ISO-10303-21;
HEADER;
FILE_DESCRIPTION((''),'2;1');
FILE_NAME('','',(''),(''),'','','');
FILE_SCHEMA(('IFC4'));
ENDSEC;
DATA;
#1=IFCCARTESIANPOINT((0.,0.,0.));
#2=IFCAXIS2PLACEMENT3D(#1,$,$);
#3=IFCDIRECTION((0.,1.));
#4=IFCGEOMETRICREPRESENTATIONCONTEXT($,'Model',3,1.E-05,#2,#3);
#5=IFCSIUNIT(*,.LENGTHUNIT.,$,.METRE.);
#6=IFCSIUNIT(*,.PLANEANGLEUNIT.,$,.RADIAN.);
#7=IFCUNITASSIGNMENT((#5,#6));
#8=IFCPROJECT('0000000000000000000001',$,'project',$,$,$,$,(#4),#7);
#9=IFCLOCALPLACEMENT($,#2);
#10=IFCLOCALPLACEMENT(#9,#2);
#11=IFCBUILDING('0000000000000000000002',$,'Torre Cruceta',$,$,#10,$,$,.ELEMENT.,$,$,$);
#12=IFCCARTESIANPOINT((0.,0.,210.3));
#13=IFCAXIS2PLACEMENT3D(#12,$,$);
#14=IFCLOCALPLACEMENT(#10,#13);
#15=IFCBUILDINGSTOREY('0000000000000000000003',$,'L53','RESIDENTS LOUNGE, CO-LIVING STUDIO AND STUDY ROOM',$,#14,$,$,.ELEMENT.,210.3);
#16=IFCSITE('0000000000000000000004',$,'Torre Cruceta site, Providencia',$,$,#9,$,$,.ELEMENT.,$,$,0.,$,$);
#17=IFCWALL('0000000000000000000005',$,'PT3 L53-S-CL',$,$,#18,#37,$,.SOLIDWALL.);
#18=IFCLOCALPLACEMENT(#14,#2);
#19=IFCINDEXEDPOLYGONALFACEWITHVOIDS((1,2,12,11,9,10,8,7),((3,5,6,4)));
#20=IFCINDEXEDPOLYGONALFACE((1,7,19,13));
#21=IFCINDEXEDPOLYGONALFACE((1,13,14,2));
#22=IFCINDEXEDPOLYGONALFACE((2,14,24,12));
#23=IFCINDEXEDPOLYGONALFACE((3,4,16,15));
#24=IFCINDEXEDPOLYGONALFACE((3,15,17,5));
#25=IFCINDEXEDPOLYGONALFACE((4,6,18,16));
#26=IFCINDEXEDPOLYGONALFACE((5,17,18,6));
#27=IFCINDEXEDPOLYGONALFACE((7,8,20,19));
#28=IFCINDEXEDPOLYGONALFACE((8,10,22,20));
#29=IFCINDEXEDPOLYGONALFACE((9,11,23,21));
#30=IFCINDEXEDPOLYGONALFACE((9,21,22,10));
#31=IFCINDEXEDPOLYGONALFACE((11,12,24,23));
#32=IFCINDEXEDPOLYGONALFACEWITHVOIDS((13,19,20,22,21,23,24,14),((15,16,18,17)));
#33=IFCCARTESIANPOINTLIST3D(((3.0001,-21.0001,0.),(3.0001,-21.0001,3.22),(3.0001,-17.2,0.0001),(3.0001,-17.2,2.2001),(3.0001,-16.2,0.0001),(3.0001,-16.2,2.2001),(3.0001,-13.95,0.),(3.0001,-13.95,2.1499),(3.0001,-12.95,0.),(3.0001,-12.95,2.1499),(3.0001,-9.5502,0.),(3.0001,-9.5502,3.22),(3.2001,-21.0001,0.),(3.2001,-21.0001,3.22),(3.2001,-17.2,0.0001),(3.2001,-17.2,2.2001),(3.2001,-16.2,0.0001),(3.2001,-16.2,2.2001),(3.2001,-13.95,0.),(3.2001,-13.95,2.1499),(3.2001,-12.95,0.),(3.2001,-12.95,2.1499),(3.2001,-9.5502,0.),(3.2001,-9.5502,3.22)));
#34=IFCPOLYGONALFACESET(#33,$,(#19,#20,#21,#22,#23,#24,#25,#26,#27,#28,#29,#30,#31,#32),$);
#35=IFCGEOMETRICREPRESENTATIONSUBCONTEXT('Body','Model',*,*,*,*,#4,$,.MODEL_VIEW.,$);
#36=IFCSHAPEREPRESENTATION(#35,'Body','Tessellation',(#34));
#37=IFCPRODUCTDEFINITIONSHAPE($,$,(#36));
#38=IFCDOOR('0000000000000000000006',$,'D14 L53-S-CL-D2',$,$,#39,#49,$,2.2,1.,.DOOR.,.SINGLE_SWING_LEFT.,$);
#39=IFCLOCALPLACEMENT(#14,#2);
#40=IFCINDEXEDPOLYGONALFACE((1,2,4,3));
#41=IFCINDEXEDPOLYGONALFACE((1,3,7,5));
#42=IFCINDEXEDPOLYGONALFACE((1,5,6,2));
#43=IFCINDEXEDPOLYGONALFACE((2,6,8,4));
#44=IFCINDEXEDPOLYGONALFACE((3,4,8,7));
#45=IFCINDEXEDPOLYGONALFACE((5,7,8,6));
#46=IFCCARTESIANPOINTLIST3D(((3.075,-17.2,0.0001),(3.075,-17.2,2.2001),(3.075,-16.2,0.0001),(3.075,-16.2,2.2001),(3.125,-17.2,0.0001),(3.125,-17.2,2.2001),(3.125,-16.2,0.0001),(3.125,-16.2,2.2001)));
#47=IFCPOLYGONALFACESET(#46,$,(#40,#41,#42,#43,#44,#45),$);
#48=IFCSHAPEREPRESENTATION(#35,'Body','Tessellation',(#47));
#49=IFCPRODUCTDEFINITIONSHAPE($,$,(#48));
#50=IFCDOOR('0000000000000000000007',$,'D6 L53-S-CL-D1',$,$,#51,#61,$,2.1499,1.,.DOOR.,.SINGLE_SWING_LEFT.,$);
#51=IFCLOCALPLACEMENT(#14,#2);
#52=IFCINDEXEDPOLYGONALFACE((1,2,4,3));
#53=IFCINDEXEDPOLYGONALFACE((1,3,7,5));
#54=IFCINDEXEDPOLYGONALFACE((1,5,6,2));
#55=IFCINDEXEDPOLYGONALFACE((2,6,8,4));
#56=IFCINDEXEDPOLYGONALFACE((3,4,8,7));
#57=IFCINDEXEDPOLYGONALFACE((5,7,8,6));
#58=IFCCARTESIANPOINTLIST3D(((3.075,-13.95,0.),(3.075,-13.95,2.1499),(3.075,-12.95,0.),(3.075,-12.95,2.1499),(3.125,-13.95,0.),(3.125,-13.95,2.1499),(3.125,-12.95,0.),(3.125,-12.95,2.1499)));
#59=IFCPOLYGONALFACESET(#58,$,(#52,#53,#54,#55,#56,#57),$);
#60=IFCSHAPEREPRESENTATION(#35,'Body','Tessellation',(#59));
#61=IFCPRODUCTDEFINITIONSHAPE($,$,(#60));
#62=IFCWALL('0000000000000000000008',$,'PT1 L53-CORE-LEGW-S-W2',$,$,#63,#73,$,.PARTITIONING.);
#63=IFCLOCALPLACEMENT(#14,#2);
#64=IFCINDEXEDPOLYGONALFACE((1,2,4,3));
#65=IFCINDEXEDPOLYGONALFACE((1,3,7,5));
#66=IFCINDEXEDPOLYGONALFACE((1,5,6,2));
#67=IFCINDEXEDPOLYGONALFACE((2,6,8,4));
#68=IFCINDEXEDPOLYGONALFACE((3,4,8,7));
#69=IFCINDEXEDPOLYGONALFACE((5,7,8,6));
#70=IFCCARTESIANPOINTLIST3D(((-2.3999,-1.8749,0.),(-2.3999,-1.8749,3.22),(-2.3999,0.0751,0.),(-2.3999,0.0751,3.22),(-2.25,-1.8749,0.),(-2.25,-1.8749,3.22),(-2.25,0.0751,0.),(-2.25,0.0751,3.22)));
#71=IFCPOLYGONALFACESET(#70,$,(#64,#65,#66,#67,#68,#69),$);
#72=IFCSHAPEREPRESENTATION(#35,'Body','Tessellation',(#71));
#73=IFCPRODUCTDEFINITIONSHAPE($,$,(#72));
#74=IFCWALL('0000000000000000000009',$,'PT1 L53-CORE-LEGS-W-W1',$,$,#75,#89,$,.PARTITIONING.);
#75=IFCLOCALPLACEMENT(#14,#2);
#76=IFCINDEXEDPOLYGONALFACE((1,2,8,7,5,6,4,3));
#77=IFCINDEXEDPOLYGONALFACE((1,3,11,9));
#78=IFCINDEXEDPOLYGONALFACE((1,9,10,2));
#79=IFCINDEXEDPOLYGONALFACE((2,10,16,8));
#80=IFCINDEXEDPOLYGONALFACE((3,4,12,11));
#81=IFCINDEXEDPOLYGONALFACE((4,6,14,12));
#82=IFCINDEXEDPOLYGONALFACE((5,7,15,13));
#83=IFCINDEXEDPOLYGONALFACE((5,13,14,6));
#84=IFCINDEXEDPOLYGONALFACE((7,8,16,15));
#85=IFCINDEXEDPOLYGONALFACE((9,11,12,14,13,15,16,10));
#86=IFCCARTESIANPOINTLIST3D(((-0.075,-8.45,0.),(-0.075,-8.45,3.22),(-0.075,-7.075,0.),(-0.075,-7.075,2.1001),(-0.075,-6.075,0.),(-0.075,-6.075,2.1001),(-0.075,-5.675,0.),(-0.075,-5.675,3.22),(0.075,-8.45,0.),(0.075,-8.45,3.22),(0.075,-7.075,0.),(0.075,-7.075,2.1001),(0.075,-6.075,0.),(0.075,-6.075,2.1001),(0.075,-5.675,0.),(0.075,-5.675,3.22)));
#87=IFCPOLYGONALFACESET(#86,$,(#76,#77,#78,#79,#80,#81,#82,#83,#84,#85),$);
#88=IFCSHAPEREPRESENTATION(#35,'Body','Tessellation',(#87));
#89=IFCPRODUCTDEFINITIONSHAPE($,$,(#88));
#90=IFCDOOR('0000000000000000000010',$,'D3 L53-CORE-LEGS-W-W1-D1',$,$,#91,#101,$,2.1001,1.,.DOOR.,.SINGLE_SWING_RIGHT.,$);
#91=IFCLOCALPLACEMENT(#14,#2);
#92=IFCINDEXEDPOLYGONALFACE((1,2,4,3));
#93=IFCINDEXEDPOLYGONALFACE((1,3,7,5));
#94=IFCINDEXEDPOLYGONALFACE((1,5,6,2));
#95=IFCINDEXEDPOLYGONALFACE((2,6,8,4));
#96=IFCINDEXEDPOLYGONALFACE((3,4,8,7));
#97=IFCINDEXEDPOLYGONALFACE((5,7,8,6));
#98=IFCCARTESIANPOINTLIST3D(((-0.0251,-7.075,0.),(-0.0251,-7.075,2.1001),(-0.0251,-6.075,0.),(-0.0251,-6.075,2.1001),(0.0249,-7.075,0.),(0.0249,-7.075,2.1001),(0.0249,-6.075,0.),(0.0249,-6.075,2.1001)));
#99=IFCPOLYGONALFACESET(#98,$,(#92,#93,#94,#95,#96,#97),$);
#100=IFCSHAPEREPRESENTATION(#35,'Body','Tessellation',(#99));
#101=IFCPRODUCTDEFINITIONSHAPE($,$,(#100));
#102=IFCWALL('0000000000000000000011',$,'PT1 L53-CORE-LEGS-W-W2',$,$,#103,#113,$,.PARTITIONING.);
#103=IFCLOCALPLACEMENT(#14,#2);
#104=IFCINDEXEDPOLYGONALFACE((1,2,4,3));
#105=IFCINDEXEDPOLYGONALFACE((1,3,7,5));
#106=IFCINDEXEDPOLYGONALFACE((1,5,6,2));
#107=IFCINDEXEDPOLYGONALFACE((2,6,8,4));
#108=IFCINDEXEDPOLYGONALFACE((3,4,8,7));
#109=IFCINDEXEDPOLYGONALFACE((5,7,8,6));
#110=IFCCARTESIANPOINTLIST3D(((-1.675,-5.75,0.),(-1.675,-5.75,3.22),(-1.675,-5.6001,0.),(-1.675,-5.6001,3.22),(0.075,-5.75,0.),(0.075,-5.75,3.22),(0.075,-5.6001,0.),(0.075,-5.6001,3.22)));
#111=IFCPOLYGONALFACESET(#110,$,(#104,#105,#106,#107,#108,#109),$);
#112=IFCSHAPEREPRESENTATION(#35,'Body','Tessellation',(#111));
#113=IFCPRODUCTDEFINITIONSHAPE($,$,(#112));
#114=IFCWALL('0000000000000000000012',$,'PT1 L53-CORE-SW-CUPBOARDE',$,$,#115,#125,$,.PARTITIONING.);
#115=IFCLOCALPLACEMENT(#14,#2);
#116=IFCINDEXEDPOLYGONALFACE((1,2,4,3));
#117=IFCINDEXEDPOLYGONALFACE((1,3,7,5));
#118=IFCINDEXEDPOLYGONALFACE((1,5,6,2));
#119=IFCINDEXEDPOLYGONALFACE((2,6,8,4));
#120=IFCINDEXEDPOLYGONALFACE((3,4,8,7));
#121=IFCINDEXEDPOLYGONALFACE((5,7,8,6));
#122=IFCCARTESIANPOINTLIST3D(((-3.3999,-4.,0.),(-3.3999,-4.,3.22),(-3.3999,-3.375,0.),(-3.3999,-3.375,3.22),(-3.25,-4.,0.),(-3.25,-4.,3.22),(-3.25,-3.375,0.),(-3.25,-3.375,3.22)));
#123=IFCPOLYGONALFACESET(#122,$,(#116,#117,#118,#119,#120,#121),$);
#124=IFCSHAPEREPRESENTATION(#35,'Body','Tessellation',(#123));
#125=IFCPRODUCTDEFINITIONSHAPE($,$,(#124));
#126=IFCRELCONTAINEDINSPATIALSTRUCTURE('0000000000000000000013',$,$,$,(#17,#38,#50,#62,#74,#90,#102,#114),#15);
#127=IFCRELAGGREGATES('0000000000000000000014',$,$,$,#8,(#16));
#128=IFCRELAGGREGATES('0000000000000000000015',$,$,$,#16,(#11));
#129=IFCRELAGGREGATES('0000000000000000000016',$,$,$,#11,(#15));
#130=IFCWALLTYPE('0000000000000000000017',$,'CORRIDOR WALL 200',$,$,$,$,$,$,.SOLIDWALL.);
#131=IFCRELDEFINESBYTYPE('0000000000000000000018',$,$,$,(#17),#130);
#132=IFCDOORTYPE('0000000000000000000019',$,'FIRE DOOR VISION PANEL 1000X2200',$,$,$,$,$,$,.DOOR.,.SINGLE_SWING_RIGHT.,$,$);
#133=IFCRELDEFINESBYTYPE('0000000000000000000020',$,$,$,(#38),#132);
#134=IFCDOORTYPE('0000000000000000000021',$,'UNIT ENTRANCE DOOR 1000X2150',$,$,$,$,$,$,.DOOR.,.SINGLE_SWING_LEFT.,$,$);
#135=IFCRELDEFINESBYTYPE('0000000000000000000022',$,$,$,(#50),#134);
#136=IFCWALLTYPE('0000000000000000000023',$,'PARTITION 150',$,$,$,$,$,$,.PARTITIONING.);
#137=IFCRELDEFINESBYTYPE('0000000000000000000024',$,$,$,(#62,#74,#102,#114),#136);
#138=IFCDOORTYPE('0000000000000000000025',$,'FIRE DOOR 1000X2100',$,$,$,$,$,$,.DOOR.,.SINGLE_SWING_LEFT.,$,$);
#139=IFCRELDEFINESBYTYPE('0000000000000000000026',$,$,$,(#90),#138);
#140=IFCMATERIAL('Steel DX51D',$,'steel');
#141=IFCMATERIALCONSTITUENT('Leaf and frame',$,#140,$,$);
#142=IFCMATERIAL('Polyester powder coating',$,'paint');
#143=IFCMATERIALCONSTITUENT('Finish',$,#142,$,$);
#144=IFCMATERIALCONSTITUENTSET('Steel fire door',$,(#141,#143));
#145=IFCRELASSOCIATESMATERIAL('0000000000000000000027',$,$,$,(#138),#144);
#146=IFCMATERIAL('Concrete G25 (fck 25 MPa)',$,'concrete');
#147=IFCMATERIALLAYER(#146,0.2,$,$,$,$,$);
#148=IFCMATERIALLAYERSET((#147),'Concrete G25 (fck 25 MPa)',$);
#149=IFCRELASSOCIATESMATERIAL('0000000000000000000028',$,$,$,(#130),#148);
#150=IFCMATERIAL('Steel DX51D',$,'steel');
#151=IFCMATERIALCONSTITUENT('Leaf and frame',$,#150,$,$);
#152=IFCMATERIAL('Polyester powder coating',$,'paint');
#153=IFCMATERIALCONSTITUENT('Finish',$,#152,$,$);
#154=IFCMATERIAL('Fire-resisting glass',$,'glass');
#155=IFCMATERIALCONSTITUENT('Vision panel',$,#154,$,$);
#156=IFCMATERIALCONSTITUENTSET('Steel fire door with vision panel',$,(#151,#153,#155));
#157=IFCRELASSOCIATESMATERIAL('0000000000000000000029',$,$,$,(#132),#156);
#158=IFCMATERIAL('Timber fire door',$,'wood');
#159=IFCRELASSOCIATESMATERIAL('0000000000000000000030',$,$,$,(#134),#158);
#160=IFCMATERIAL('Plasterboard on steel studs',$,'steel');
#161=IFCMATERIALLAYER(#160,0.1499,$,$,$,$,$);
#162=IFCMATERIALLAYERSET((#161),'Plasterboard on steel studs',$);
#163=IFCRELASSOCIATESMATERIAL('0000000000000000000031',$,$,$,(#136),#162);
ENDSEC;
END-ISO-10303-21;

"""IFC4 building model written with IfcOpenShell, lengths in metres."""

from ifc_helpers import new_model, si_unit, direction, frame, frame_2d, origin, place, context, subcontext, project, spatial, rectangle, extrude, material, layer, layer_set, constituent, constituent_set, type_object, element, fill, save


model = new_model("IFC4")

# Units and contexts
model_context = context("Model", 3, precision=1e-05, world=origin(), true_north=direction((0.0, 1.0)))
body_context = subcontext(model_context, "Body", "Model", "MODEL_VIEW")
ifc_project = project(units=[si_unit("LENGTHUNIT", "METRE"), si_unit("PLANEANGLEUNIT", "RADIAN")], contexts=[model_context])

# Site, building, storey
site_placement = place(None, origin())
site = spatial("IfcSite", under=ifc_project, at=site_placement, Name="Torre Cruceta site, Providencia", CompositionType="ELEMENT", RefElevation=0.0)
building_placement = place(site_placement, origin())
building = spatial("IfcBuilding", under=site, at=building_placement, Name="Torre Cruceta", CompositionType="ELEMENT")
storey_placement = place(building_placement, frame((0.0, 0.0, 210.3)))
storey = spatial("IfcBuildingStorey", under=building, at=storey_placement, Name="L53", Description="RESIDENTS LOUNGE, CO-LIVING STUDIO AND STUDY ROOM", CompositionType="ELEMENT", Elevation=210.3)

# Shared definitions
ifc_material_1 = material(Name="Steel DX51D", Category="steel")
ifc_constituent_1 = constituent(ifc_material_1, Name="Leaf and frame")
ifc_material_2 = material(Name="Polyester powder coating", Category="paint")
ifc_constituent_2 = constituent(ifc_material_2, Name="Finish")
ifc_constituent_set_1 = constituent_set(constituents=[ifc_constituent_1, ifc_constituent_2], Name="Steel fire door")
door_type_1 = type_object("IfcDoorType", Name="FIRE DOOR 1000X2100", OperationType="SINGLE_SWING_LEFT", PredefinedType="DOOR", material=ifc_constituent_set_1)

# Wall, openings, doors
ifc_material_3 = material(Name="Concrete G25 (fck 25 MPa)", Category="concrete")
ifc_layer_1 = layer(ifc_material_3, 0.2)
ifc_layer_set_1 = layer_set([ifc_layer_1], Name="Concrete G25 (fck 25 MPa)")
wall_type_1 = type_object("IfcWallType", Name="CORRIDOR WALL 200", PredefinedType="SOLIDWALL", material=ifc_layer_set_1)
wall_1_placement = place(storey_placement, frame((3.1001, -9.55, 0.0), z_axis=(0.0, 0.0, 1.0), x_axis=(0.0, -1.0, 0.0)))
wall_1 = element("IfcWall", 1, at=wall_1_placement, inside=storey, type_object=wall_type_1, Name="PT3 L53-S-CL", PredefinedType="SOLIDWALL", context=body_context, shape_type="SweptSolid", body=[
    extrude(rectangle(XDim=11.45, YDim=0.2, at=frame_2d((5.7251, 0.0))), origin(), (0.0, 0.0, 1.0), 3.22),
])
opening_1_placement = place(wall_1_placement, frame((3.3999, 0.0, 0.0)))
opening_1 = element("IfcOpeningElement", 2, at=opening_1_placement, cuts=wall_1, PredefinedType="OPENING", context=body_context, shape_type="SweptSolid", body=[
    extrude(rectangle(XDim=1.0, YDim=2.1499, at=frame_2d((0.5, 1.075))), frame((0.0, 0.1099, 0.0), z_axis=(0.0, -1.0, 0.0), x_axis=(1.0, 0.0, 0.0)), (0.0, 0.0, 1.0), 0.22),
])
opening_2_placement = place(wall_1_placement, frame((6.6499, 0.0, 0.0)))
opening_2 = element("IfcOpeningElement", 3, at=opening_2_placement, cuts=wall_1, PredefinedType="OPENING", context=body_context, shape_type="SweptSolid", body=[
    extrude(rectangle(XDim=1.0, YDim=2.2, at=frame_2d((0.5, 1.1001))), frame((0.0, 0.1099, 0.0), z_axis=(0.0, -1.0, 0.0), x_axis=(1.0, 0.0, 0.0)), (0.0, 0.0, 1.0), 0.22),
])
ifc_material_4 = material(Name="Steel DX51D", Category="steel")
ifc_constituent_3 = constituent(ifc_material_4, Name="Leaf and frame")
ifc_material_5 = material(Name="Polyester powder coating", Category="paint")
ifc_constituent_4 = constituent(ifc_material_5, Name="Finish")
ifc_material_6 = material(Name="Fire-resisting glass", Category="glass")
ifc_constituent_5 = constituent(ifc_material_6, Name="Vision panel")
ifc_constituent_set_2 = constituent_set(constituents=[ifc_constituent_3, ifc_constituent_4, ifc_constituent_5], Name="Steel fire door with vision panel")
door_type_2 = type_object("IfcDoorType", Name="FIRE DOOR VISION PANEL 1000X2200", OperationType="SINGLE_SWING_RIGHT", PredefinedType="DOOR", material=ifc_constituent_set_2)
door_1_placement = place(opening_2_placement, origin())
door_1 = element("IfcDoor", 4, at=door_1_placement, inside=storey, type_object=door_type_2, Name="D14 L53-S-CL-D2", OperationType="SINGLE_SWING_LEFT", OverallHeight=2.2, OverallWidth=1.0, PredefinedType="DOOR", context=body_context, shape_type="SweptSolid", body=[
    extrude(rectangle(XDim=1.0, YDim=2.2, at=frame_2d((0.5, 1.1001))), frame((0.0, 0.0249, 0.0), z_axis=(0.0, -1.0, 0.0), x_axis=(1.0, 0.0, 0.0)), (0.0, 0.0, 1.0), 0.05),
])
fill(opening_2, door_1)
ifc_material_7 = material(Name="Timber fire door", Category="wood")
door_type_3 = type_object("IfcDoorType", Name="UNIT ENTRANCE DOOR 1000X2150", OperationType="SINGLE_SWING_LEFT", PredefinedType="DOOR", material=ifc_material_7)
door_2_placement = place(opening_1_placement, origin())
door_2 = element("IfcDoor", 5, at=door_2_placement, inside=storey, type_object=door_type_3, Name="D6 L53-S-CL-D1", OperationType="SINGLE_SWING_LEFT", OverallHeight=2.1499, OverallWidth=1.0, PredefinedType="DOOR", context=body_context, shape_type="SweptSolid", body=[
    extrude(rectangle(XDim=1.0, YDim=2.1499, at=frame_2d((0.5, 1.075))), frame((0.0, 0.0249, 0.0), z_axis=(0.0, -1.0, 0.0), x_axis=(1.0, 0.0, 0.0)), (0.0, 0.0, 1.0), 0.05),
])
fill(opening_1, door_2)

# Wall
ifc_material_8 = material(Name="Plasterboard on steel studs", Category="steel")
ifc_layer_2 = layer(ifc_material_8, 0.1499)
ifc_layer_set_2 = layer_set([ifc_layer_2], Name="Plasterboard on steel studs")
wall_type_2 = type_object("IfcWallType", Name="PARTITION 150", PredefinedType="PARTITIONING", material=ifc_layer_set_2)
wall_2_placement = place(storey_placement, frame((-2.325, -1.875, 0.0), z_axis=(0.0, 0.0, 1.0), x_axis=(0.0, 1.0, 0.0)))
element("IfcWall", 6, at=wall_2_placement, inside=storey, type_object=wall_type_2, Name="PT1 L53-CORE-LEGW-S-W2", PredefinedType="PARTITIONING", context=body_context, shape_type="SweptSolid", body=[
    extrude(rectangle(XDim=1.95, YDim=0.1499, at=frame_2d((0.9751, 0.0))), origin(), (0.0, 0.0, 1.0), 3.22),
])

# Wall, opening, door
wall_3_placement = place(storey_placement, frame((0.0, -5.675, 0.0), z_axis=(0.0, 0.0, 1.0), x_axis=(0.0, -1.0, 0.0)))
wall_3 = element("IfcWall", 7, at=wall_3_placement, inside=storey, type_object=wall_type_2, Name="PT1 L53-CORE-LEGS-W-W1", PredefinedType="PARTITIONING", context=body_context, shape_type="SweptSolid", body=[
    extrude(rectangle(XDim=2.7749, YDim=0.1499, at=frame_2d((1.3875, 0.0))), origin(), (0.0, 0.0, 1.0), 3.22),
])
opening_3_placement = place(wall_3_placement, frame((0.3999, 0.0, 0.0)))
opening_3 = element("IfcOpeningElement", 8, at=opening_3_placement, cuts=wall_3, PredefinedType="OPENING", context=body_context, shape_type="SweptSolid", body=[
    extrude(rectangle(XDim=1.0, YDim=2.1001, at=frame_2d((0.5, 1.05))), frame((0.0, 0.085, 0.0), z_axis=(0.0, -1.0, 0.0), x_axis=(1.0, 0.0, 0.0)), (0.0, 0.0, 1.0), 0.1699),
])
door_3_placement = place(opening_3_placement, frame((1.0, 0.0, 0.0), z_axis=(0.0, 0.0, 1.0), x_axis=(-1.0, 0.0, 0.0)))
door_3 = element("IfcDoor", 9, at=door_3_placement, inside=storey, type_object=door_type_1, Name="D3 L53-CORE-LEGS-W-W1-D1", OperationType="SINGLE_SWING_RIGHT", OverallHeight=2.1001, OverallWidth=1.0, PredefinedType="DOOR", context=body_context, shape_type="SweptSolid", body=[
    extrude(rectangle(XDim=1.0, YDim=2.1001, at=frame_2d((0.5, 1.05))), frame((0.0, 0.0251, 0.0), z_axis=(0.0, -1.0, 0.0), x_axis=(1.0, 0.0, 0.0)), (0.0, 0.0, 1.0), 0.05),
])
fill(opening_3, door_3)

# Walls
wall_4_placement = place(storey_placement, frame((-1.675, -5.675, 0.0), z_axis=(0.0, 0.0, 1.0), x_axis=(1.0, 0.0, 0.0)))
element("IfcWall", 10, at=wall_4_placement, inside=storey, type_object=wall_type_2, Name="PT1 L53-CORE-LEGS-W-W2", PredefinedType="PARTITIONING", context=body_context, shape_type="SweptSolid", body=[
    extrude(rectangle(XDim=1.75, YDim=0.1499, at=frame_2d((0.875, 0.0))), origin(), (0.0, 0.0, 1.0), 3.22),
])
wall_5_placement = place(storey_placement, frame((-3.325, -3.375, 0.0), z_axis=(0.0, 0.0, 1.0), x_axis=(0.0, -1.0, 0.0)))
element("IfcWall", 11, at=wall_5_placement, inside=storey, type_object=wall_type_2, Name="PT1 L53-CORE-SW-CUPBOARDE", PredefinedType="PARTITIONING", context=body_context, shape_type="SweptSolid", body=[
    extrude(rectangle(XDim=0.625, YDim=0.1499, at=frame_2d((0.3125, 0.0))), origin(), (0.0, 0.0, 1.0), 3.22),
])

save(model, "model.ifc")
